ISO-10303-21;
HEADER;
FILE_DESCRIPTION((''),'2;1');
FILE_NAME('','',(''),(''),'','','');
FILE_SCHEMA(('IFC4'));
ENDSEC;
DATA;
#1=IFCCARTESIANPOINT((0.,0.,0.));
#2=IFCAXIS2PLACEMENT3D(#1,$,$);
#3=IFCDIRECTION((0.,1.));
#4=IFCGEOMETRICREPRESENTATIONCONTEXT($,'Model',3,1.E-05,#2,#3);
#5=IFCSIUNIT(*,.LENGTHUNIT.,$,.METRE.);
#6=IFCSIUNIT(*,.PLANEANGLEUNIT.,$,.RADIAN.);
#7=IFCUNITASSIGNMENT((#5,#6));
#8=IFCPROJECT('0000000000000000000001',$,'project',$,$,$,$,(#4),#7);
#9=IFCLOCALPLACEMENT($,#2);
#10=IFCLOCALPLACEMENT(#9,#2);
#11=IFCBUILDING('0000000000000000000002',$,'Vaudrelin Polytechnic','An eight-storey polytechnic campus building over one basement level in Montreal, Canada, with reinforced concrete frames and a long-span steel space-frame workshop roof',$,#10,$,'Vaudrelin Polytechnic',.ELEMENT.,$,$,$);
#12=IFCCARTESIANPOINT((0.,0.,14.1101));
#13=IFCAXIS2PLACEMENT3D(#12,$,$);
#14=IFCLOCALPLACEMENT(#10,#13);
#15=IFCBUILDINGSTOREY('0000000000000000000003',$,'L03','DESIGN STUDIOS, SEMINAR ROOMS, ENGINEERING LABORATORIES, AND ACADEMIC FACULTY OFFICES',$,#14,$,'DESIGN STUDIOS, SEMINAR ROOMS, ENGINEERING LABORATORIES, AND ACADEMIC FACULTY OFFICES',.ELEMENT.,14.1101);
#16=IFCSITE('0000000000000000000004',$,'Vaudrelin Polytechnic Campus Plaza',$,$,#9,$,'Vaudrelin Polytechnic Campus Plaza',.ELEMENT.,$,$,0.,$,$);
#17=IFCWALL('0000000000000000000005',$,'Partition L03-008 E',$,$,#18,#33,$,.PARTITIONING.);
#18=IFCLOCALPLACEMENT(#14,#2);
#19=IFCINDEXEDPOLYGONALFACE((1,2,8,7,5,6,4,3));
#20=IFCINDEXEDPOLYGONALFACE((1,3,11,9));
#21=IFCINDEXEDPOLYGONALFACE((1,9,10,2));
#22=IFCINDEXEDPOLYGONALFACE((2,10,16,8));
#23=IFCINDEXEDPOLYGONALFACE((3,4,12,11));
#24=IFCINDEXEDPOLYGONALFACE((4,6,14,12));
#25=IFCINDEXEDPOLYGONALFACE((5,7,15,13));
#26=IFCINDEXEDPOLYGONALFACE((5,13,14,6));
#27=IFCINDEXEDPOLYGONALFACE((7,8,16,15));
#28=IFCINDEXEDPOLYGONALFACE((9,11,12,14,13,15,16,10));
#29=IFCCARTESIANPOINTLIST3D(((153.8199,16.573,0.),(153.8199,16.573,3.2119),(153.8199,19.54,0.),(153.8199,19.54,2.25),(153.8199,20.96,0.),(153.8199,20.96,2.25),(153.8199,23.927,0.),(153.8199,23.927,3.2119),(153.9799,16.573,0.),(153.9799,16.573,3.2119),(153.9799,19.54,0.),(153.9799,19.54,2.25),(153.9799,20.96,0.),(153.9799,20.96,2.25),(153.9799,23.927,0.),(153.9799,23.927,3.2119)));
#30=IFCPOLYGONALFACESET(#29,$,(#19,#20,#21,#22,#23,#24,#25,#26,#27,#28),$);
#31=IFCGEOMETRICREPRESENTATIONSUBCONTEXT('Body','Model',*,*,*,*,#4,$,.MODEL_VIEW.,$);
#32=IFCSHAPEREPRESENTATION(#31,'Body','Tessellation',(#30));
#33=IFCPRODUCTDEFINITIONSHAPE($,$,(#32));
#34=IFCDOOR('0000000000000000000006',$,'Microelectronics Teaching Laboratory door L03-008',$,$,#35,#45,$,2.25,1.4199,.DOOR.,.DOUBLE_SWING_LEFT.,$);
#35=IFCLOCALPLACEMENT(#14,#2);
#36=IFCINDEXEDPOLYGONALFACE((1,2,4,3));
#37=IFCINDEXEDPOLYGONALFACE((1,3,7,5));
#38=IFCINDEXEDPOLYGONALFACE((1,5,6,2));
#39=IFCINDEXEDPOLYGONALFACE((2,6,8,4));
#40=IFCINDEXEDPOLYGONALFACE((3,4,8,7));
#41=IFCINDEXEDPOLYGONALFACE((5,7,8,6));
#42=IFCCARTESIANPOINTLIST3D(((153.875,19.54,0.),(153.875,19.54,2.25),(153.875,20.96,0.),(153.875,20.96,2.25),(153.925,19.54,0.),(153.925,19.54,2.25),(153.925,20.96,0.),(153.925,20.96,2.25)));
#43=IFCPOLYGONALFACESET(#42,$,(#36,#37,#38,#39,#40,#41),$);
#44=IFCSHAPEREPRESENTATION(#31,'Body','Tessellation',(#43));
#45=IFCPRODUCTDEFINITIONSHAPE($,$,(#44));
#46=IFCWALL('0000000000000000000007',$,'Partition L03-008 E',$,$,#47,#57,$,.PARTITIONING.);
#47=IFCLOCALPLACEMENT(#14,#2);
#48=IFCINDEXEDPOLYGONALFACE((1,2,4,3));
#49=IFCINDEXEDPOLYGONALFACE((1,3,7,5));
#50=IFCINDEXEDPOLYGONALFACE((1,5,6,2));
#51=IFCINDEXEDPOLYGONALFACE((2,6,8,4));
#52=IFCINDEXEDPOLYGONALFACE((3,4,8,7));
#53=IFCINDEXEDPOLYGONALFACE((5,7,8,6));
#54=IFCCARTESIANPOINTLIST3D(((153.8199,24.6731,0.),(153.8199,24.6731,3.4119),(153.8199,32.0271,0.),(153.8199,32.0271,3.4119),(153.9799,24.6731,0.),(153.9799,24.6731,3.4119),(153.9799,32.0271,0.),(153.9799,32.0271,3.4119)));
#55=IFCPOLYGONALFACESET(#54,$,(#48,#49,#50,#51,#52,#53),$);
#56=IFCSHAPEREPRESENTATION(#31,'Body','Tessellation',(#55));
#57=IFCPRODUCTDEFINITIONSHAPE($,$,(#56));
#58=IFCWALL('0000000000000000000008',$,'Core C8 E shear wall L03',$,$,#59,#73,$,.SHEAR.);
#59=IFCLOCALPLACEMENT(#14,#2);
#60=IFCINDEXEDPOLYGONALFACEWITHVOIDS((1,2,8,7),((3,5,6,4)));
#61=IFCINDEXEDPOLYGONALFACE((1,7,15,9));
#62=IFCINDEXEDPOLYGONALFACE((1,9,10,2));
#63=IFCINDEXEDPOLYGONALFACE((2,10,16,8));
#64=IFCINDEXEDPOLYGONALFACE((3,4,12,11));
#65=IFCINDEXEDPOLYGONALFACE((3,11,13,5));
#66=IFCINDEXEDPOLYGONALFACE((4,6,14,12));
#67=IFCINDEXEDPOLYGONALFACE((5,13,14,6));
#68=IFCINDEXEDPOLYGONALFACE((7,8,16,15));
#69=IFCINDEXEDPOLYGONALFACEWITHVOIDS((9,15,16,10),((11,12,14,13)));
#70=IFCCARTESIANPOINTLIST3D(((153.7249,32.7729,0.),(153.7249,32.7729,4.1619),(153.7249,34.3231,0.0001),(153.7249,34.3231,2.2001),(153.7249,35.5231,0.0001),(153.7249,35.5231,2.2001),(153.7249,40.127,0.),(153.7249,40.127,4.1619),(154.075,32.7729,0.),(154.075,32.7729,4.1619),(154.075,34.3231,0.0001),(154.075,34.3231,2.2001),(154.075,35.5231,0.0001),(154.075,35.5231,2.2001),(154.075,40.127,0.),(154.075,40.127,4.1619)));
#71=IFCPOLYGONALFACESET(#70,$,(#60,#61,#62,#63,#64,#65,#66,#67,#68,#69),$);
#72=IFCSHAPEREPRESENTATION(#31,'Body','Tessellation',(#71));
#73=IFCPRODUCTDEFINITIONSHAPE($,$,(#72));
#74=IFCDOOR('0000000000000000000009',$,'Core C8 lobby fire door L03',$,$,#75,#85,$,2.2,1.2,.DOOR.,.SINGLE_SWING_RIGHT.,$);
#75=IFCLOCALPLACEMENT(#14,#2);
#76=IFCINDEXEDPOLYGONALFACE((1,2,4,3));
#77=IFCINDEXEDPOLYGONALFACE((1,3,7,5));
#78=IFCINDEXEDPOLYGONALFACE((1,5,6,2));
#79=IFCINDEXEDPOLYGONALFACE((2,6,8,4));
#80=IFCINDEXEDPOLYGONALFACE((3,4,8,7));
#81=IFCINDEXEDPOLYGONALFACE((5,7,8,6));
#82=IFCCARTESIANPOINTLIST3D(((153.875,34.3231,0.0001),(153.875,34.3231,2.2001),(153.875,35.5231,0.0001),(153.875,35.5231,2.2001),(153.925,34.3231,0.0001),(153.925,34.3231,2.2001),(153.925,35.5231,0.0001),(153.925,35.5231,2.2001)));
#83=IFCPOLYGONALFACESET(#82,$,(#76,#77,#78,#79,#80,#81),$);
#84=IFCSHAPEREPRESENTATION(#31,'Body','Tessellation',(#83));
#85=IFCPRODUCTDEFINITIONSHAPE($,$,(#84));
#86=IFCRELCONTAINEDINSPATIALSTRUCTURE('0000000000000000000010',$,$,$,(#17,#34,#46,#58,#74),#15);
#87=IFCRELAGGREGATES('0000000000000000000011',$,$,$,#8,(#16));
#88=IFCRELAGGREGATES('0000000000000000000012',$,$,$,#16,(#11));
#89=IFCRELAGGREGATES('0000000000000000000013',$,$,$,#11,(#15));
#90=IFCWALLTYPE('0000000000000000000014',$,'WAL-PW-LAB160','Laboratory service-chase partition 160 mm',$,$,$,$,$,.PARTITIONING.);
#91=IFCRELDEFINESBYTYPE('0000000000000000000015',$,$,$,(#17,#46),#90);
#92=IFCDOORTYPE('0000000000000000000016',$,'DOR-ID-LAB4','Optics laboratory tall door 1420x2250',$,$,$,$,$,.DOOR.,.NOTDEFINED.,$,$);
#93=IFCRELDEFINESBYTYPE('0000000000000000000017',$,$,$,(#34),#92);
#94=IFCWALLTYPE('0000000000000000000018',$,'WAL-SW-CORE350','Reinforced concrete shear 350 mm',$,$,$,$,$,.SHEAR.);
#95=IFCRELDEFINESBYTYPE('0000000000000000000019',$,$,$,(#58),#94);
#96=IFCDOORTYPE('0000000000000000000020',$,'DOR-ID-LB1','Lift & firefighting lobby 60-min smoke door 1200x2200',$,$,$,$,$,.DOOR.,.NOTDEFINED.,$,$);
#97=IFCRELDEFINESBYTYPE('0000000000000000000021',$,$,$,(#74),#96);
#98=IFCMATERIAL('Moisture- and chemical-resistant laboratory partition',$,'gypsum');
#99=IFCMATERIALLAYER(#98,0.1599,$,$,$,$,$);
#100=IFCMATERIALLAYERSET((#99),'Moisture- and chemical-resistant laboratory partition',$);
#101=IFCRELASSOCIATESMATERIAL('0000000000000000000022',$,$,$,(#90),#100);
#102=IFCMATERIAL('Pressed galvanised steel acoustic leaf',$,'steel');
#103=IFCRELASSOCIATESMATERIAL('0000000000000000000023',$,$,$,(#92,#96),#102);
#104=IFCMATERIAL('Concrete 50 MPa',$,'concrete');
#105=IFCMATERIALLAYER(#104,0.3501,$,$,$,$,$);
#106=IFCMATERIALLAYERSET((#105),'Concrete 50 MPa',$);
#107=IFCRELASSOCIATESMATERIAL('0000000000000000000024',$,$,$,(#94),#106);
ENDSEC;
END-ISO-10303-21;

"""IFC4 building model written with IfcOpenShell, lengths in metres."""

from ifc_helpers import new_model, si_unit, direction, frame, frame_2d, origin, place, context, subcontext, project, spatial, rectangle, extrude, material, layer, layer_set, type_object, element, fill, save


model = new_model("IFC4")

# Units and contexts
model_context = context("Model", 3, precision=1e-05, world=origin(), true_north=direction((0.0, 1.0)))
body_context = subcontext(model_context, "Body", "Model", "MODEL_VIEW")
ifc_project = project(units=[si_unit("LENGTHUNIT", "METRE"), si_unit("PLANEANGLEUNIT", "RADIAN")], contexts=[model_context])

# Site, building, storey
site_placement = place(None, origin())
site = spatial("IfcSite", under=ifc_project, at=site_placement, Name="Vaudrelin Polytechnic Campus Plaza", LongName="Vaudrelin Polytechnic Campus Plaza", CompositionType="ELEMENT", RefElevation=0.0)
building_placement = place(site_placement, origin())
building = spatial("IfcBuilding", under=site, at=building_placement, Name="Vaudrelin Polytechnic", Description="An eight-storey polytechnic campus building over one basement level in Montreal, Canada, with reinforced concrete frames and a long-span steel space-frame workshop roof", LongName="Vaudrelin Polytechnic", CompositionType="ELEMENT")
storey_placement = place(building_placement, frame((0.0, 0.0, 14.1101)))
storey = spatial("IfcBuildingStorey", under=building, at=storey_placement, Name="L03", Description="DESIGN STUDIOS, SEMINAR ROOMS, ENGINEERING LABORATORIES, AND ACADEMIC FACULTY OFFICES", LongName="DESIGN STUDIOS, SEMINAR ROOMS, ENGINEERING LABORATORIES, AND ACADEMIC FACULTY OFFICES", CompositionType="ELEMENT", Elevation=14.1101)

# Shared definitions
ifc_material_1 = material(Name="Concrete 50 MPa", Category="concrete")

# Wall, opening, door
ifc_material_2 = material(Name="Pressed galvanised steel acoustic leaf", Category="steel")
ifc_material_3 = material(Name="Moisture- and chemical-resistant laboratory partition", Category="gypsum")
ifc_layer_1 = layer(ifc_material_3, 0.1599)
ifc_layer_set_1 = layer_set([ifc_layer_1], Name="Moisture- and chemical-resistant laboratory partition")
wall_type_1 = type_object("IfcWallType", Name="WAL-PW-LAB160", Description="Laboratory service-chase partition 160 mm", PredefinedType="PARTITIONING", material=ifc_layer_set_1)
wall_1_placement = place(storey_placement, frame((153.8999, 16.573, 0.0), z_axis=(0.0, 0.0, 1.0), x_axis=(0.0, 1.0, 0.0)))
wall_1 = element("IfcWall", 1, at=wall_1_placement, inside=storey, type_object=wall_type_1, Name="Partition L03-008 E", PredefinedType="PARTITIONING", context=body_context, shape_type="SweptSolid", body=[
    extrude(rectangle(XDim=7.354, YDim=0.1599, at=frame_2d((3.677, 0.0))), origin(), (0.0, 0.0, 1.0), 3.2119),
])
opening_1_placement = place(wall_1_placement, frame((2.967, 0.0, 0.0)))
opening_1 = element("IfcOpeningElement", 2, at=opening_1_placement, cuts=wall_1, PredefinedType="OPENING", context=body_context, shape_type="SweptSolid", body=[
    extrude(rectangle(XDim=1.4199, YDim=2.25, at=frame_2d((0.71, 1.125))), frame((0.0, 0.0898, 0.0), z_axis=(0.0, -1.0, 0.0), x_axis=(1.0, 0.0, 0.0)), (0.0, 0.0, 1.0), 0.1799),
])
door_type_1 = type_object("IfcDoorType", Name="DOR-ID-LAB4", Description="Optics laboratory tall door 1420x2250", OperationType="NOTDEFINED", PredefinedType="DOOR", material=ifc_material_2)
door_1_placement = place(opening_1_placement, origin())
door_1 = element("IfcDoor", 3, at=door_1_placement, inside=storey, type_object=door_type_1, Name="Microelectronics Teaching Laboratory door L03-008", OperationType="DOUBLE_SWING_LEFT", OverallHeight=2.25, OverallWidth=1.4199, PredefinedType="DOOR", context=body_context, shape_type="SweptSolid", body=[
    extrude(rectangle(XDim=1.4199, YDim=2.25, at=frame_2d((0.71, 1.125))), frame((0.0, 0.0249, 0.0), z_axis=(0.0, -1.0, 0.0), x_axis=(1.0, 0.0, 0.0)), (0.0, 0.0, 1.0), 0.05),
])
fill(opening_1, door_1)

# Wall
wall_2_placement = place(storey_placement, frame((153.8999, 24.6731, 0.0), z_axis=(0.0, 0.0, 1.0), x_axis=(0.0, 1.0, 0.0)))
element("IfcWall", 4, at=wall_2_placement, inside=storey, type_object=wall_type_1, Name="Partition L03-008 E", PredefinedType="PARTITIONING", context=body_context, shape_type="SweptSolid", body=[
    extrude(rectangle(XDim=7.354, YDim=0.1599, at=frame_2d((3.677, 0.0))), origin(), (0.0, 0.0, 1.0), 3.4119),
])

# Wall, opening, door
ifc_layer_2 = layer(ifc_material_1, 0.3501)
ifc_layer_set_2 = layer_set([ifc_layer_2], Name="Concrete 50 MPa")
wall_type_2 = type_object("IfcWallType", Name="WAL-SW-CORE350", Description="Reinforced concrete shear 350 mm", PredefinedType="SHEAR", material=ifc_layer_set_2)
wall_3_placement = place(storey_placement, frame((153.8999, 32.7729, 0.0), z_axis=(0.0, 0.0, 1.0), x_axis=(0.0, 1.0, 0.0)))
wall_3 = element("IfcWall", 5, at=wall_3_placement, inside=storey, type_object=wall_type_2, Name="Core C8 E shear wall L03", PredefinedType="SHEAR", context=body_context, shape_type="SweptSolid", body=[
    extrude(rectangle(XDim=7.354, YDim=0.3501, at=frame_2d((3.677, 0.0))), origin(), (0.0, 0.0, 1.0), 4.1619),
])
opening_2_placement = place(wall_3_placement, frame((1.55, 0.0, 0.0)))
opening_2 = element("IfcOpeningElement", 6, at=opening_2_placement, cuts=wall_3, PredefinedType="OPENING", context=body_context, shape_type="SweptSolid", body=[
    extrude(rectangle(XDim=1.2, YDim=2.2, at=frame_2d((0.6001, 1.1001))), frame((0.0, 0.1851, 0.0), z_axis=(0.0, -1.0, 0.0), x_axis=(1.0, 0.0, 0.0)), (0.0, 0.0, 1.0), 0.3701),
])
door_type_2 = type_object("IfcDoorType", Name="DOR-ID-LB1", Description="Lift & firefighting lobby 60-min smoke door 1200x2200", OperationType="NOTDEFINED", PredefinedType="DOOR", material=ifc_material_2)
door_2_placement = place(opening_2_placement, origin())
door_2 = element("IfcDoor", 7, at=door_2_placement, inside=storey, type_object=door_type_2, Name="Core C8 lobby fire door L03", OperationType="SINGLE_SWING_RIGHT", OverallHeight=2.2, OverallWidth=1.2, PredefinedType="DOOR", context=body_context, shape_type="SweptSolid", body=[
    extrude(rectangle(XDim=1.2, YDim=2.2, at=frame_2d((0.6001, 1.1001))), frame((0.0, 0.0249, 0.0), z_axis=(0.0, -1.0, 0.0), x_axis=(1.0, 0.0, 0.0)), (0.0, 0.0, 1.0), 0.05),
])
fill(opening_2, door_2)

save(model, "model.ifc")
